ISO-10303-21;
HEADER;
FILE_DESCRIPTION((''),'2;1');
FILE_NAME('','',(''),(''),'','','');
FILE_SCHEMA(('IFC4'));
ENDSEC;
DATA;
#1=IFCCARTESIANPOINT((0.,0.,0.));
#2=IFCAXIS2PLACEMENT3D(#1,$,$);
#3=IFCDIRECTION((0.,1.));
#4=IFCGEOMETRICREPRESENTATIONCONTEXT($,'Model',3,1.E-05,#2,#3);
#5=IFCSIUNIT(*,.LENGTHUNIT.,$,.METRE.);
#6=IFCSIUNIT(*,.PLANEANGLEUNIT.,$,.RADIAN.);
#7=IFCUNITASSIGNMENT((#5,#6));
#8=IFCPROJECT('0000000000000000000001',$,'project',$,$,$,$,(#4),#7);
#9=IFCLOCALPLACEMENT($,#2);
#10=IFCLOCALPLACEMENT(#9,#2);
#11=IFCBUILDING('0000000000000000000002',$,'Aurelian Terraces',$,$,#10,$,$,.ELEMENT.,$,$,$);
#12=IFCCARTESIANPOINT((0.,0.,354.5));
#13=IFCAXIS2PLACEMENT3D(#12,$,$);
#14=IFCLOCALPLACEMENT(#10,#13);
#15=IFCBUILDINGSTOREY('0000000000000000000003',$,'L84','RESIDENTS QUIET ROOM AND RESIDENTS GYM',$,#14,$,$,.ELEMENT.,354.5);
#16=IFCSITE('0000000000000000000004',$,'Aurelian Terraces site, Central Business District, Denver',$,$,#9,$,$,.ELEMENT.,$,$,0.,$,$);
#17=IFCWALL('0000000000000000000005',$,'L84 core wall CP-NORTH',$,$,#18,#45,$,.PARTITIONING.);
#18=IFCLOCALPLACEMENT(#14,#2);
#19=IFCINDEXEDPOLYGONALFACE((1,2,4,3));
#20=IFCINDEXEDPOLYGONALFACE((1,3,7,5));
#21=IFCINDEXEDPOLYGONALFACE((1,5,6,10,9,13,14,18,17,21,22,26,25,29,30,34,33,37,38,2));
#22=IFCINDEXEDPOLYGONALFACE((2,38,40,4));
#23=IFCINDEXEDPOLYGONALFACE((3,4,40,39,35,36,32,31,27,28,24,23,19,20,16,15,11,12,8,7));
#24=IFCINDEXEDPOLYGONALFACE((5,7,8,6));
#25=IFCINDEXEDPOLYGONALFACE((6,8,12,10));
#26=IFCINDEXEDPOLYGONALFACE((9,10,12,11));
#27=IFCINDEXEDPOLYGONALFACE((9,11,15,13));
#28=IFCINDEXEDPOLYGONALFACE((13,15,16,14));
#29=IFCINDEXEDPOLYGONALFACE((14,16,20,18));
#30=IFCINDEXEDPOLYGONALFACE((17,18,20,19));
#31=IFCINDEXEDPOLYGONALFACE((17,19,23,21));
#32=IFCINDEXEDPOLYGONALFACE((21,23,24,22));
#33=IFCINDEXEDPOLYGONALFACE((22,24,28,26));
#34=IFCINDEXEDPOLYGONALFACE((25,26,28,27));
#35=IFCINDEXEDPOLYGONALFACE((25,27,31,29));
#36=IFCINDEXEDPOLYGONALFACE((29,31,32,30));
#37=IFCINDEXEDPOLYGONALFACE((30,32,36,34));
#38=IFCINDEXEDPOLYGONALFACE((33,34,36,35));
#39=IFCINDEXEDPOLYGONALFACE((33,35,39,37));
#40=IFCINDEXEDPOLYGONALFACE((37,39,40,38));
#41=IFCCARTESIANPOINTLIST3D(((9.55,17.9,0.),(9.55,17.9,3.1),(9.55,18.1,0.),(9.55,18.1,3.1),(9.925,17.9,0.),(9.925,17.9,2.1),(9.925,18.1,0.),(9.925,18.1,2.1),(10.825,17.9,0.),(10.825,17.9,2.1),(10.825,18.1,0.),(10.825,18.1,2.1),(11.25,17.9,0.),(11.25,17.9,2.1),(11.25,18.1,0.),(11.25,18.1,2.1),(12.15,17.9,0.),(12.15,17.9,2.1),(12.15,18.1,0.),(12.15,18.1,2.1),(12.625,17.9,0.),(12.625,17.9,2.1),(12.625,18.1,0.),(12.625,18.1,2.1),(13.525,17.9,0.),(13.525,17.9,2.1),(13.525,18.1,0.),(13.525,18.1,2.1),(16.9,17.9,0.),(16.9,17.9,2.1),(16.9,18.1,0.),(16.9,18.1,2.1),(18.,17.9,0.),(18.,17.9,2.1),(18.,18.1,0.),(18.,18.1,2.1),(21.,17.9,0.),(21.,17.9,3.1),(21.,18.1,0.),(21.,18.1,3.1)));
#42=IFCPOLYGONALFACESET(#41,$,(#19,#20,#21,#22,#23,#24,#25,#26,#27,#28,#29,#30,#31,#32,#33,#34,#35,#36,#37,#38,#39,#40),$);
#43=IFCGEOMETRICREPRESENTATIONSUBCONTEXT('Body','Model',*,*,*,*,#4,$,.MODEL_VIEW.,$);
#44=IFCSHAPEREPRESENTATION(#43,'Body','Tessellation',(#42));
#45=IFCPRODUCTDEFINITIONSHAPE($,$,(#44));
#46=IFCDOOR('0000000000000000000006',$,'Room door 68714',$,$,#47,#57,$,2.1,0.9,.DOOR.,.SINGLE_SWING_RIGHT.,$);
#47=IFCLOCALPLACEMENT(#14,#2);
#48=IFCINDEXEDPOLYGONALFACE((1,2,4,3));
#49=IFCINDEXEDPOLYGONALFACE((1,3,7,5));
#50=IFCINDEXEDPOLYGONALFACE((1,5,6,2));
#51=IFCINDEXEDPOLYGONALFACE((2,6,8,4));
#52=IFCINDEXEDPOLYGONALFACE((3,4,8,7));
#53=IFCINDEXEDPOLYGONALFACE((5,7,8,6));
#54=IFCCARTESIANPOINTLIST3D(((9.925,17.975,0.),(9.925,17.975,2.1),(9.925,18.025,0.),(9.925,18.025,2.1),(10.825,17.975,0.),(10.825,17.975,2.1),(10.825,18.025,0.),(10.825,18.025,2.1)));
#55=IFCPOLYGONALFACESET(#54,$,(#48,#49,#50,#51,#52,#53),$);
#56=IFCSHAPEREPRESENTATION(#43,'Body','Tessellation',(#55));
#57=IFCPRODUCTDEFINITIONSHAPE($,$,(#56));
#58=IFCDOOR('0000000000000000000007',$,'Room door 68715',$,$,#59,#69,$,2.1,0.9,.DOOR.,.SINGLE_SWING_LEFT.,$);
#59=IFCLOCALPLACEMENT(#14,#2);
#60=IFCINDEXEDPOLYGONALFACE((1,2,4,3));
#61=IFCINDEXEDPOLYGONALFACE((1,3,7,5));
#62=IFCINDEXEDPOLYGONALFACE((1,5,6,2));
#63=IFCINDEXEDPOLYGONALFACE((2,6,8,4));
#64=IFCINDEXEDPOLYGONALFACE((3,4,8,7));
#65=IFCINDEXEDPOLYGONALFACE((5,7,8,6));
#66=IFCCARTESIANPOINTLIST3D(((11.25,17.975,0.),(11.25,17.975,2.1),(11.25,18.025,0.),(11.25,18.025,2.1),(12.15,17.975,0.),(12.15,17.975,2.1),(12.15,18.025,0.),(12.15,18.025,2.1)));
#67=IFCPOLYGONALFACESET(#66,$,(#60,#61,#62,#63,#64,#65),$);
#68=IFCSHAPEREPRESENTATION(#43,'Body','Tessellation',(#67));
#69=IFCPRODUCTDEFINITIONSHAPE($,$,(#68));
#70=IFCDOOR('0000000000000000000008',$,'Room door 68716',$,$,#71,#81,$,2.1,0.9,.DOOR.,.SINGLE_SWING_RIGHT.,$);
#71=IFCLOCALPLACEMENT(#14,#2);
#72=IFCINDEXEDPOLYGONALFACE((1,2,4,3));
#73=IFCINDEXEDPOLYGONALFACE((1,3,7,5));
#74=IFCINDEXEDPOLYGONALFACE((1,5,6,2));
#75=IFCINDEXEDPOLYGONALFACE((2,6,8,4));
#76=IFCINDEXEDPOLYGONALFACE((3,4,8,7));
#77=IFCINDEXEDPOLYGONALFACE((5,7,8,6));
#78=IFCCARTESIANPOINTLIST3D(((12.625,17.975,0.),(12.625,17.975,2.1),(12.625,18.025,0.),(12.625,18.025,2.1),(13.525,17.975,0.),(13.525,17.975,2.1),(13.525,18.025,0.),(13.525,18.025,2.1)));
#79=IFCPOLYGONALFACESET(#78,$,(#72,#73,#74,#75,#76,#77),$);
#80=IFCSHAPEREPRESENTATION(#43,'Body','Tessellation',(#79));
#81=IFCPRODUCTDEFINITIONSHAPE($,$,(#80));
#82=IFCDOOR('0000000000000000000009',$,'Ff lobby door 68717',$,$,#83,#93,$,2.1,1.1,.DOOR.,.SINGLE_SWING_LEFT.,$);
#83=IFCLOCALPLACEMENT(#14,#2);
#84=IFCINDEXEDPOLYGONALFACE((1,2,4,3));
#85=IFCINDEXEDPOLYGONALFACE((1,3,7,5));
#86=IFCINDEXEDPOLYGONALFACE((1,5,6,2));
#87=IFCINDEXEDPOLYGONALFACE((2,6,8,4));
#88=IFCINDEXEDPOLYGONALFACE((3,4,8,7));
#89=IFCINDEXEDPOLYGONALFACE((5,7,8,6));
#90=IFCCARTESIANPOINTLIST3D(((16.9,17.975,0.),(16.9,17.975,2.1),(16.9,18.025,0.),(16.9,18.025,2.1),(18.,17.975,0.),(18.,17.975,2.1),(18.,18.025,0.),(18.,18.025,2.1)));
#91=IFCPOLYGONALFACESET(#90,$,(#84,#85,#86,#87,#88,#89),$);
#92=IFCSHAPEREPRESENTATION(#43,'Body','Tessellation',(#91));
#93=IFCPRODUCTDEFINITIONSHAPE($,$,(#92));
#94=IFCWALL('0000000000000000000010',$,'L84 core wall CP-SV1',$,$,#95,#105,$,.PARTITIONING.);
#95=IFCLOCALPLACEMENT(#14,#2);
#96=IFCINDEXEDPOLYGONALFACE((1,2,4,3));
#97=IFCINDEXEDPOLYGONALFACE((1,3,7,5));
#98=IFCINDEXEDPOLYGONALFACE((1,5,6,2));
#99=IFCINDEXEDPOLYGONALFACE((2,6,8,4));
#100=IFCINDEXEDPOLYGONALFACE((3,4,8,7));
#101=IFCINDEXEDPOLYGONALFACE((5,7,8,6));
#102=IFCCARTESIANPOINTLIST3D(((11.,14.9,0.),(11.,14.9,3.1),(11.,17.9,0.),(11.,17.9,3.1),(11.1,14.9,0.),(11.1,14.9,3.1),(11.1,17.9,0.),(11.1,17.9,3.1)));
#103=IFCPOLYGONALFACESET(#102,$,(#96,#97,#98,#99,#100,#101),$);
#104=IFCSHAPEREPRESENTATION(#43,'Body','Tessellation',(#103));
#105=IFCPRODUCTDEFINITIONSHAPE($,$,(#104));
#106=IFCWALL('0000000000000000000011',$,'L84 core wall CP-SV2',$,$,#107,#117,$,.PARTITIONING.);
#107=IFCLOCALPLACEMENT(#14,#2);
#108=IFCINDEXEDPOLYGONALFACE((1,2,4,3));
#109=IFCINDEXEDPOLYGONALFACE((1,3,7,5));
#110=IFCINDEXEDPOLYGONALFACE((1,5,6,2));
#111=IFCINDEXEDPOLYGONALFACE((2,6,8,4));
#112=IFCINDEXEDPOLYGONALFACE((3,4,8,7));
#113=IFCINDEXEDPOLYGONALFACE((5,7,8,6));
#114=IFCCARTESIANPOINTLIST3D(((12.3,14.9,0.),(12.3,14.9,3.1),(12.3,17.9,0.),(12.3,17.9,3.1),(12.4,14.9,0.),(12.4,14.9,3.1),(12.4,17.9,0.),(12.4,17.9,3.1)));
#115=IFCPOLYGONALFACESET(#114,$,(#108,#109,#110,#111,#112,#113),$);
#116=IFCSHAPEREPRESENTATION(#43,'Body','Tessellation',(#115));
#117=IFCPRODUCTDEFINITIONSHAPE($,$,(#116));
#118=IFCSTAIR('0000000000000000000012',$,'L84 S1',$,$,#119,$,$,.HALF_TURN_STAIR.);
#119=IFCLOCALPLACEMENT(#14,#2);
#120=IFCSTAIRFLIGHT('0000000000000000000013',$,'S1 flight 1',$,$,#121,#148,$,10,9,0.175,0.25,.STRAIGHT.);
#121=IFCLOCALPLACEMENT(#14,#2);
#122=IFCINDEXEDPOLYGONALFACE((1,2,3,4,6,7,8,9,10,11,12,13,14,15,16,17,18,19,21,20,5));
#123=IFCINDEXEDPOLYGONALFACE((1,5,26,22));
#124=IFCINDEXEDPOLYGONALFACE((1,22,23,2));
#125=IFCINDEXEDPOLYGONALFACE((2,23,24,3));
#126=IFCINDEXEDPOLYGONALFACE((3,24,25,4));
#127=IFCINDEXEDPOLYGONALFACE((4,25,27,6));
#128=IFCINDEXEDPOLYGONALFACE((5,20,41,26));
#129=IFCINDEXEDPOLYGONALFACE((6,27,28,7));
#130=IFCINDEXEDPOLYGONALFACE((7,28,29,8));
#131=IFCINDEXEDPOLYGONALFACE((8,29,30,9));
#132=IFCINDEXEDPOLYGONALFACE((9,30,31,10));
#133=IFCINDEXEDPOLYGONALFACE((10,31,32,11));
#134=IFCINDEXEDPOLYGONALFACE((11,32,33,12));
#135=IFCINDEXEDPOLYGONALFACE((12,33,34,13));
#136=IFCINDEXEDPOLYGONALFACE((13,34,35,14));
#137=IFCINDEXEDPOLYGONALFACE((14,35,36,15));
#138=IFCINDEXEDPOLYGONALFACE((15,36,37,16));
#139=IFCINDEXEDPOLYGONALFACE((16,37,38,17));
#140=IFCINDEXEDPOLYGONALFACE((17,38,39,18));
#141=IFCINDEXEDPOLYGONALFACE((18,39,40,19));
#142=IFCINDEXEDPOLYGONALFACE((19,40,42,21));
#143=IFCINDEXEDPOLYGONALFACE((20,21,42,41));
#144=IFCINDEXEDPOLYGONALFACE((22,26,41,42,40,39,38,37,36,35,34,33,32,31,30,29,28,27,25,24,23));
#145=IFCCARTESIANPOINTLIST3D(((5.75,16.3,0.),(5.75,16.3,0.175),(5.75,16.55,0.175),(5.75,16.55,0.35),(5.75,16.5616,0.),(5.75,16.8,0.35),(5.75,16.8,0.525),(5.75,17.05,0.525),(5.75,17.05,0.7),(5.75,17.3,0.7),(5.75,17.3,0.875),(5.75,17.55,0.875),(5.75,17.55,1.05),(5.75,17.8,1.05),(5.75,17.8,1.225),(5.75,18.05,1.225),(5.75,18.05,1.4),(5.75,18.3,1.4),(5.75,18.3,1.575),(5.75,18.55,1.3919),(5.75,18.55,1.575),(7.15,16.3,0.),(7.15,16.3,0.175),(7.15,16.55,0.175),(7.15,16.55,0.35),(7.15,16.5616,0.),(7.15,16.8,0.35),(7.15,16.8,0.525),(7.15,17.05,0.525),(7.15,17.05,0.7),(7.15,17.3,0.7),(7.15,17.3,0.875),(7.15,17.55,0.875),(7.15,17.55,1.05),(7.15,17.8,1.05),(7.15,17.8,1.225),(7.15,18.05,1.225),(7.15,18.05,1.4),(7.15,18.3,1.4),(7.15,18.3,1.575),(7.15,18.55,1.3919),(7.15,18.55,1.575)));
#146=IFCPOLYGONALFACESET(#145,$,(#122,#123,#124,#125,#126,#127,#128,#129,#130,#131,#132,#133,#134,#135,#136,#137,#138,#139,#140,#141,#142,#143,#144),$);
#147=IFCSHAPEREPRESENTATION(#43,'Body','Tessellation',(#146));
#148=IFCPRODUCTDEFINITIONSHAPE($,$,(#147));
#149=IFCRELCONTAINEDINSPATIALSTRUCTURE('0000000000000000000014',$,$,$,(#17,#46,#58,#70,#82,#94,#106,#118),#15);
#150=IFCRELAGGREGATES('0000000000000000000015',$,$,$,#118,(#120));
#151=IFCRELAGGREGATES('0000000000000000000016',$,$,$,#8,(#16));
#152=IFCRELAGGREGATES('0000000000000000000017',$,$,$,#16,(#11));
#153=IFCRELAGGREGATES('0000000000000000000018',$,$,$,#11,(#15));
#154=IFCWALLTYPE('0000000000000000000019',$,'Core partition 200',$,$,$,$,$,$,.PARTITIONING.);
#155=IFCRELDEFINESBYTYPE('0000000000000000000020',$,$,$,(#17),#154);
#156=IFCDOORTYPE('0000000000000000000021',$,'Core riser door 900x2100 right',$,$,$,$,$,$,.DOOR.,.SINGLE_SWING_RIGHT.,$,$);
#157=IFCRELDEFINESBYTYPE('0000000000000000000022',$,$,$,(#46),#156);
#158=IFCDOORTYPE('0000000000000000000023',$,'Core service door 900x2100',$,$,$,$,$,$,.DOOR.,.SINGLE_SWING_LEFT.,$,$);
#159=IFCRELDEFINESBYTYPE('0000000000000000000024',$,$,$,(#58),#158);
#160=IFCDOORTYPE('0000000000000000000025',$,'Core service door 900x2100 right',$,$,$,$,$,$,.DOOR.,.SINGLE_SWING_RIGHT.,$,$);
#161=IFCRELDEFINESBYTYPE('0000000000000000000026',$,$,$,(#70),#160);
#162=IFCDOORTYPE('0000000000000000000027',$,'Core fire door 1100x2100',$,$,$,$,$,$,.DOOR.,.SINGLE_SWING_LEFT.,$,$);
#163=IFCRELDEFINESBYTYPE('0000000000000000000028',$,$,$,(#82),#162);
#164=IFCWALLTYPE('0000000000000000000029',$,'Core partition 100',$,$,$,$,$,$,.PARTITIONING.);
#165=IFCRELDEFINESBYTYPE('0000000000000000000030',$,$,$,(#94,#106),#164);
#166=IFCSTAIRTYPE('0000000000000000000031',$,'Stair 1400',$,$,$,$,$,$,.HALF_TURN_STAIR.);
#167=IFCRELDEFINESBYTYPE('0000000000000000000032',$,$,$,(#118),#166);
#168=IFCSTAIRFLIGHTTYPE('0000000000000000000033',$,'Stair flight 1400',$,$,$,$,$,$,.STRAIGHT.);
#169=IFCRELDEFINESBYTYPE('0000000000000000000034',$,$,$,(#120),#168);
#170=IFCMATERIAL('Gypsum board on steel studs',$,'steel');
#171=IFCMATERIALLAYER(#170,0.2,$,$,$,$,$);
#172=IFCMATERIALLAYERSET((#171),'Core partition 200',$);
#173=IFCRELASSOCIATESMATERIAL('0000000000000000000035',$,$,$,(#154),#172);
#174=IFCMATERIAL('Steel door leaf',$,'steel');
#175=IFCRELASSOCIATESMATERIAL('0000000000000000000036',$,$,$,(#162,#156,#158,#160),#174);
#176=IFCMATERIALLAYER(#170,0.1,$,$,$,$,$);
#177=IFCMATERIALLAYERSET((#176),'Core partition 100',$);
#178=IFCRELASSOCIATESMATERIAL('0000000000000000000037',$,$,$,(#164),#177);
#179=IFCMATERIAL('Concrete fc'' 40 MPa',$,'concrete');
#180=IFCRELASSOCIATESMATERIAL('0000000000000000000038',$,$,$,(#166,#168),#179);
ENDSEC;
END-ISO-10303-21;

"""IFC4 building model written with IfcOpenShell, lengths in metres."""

from ifc_helpers import new_model, si_unit, direction, frame, frame_2d, origin, place, context, subcontext, project, spatial, polyline, rectangle, outline, extrude, source, transform, mapped, material, layer, layer_set, type_object, element, fill, aggregate, save


model = new_model("IFC4")

# Units and contexts
model_context = context("Model", 3, precision=1e-05, world=origin(), true_north=direction((0.0, 1.0)))
body_context = subcontext(model_context, "Body", "Model", "MODEL_VIEW")
ifc_project = project(units=[si_unit("LENGTHUNIT", "METRE"), si_unit("PLANEANGLEUNIT", "RADIAN")], contexts=[model_context])

# Site, building, storey
site_placement = place(None, origin())
site = spatial("IfcSite", under=ifc_project, at=site_placement, Name="Aurelian Terraces site, Central Business District, Denver", CompositionType="ELEMENT", RefElevation=0.0)
building_placement = place(site_placement, origin())
building = spatial("IfcBuilding", under=site, at=building_placement, Name="Aurelian Terraces", CompositionType="ELEMENT")
storey_placement = place(building_placement, frame((0.0, 0.0, 354.5)))
storey = spatial("IfcBuildingStorey", under=building, at=storey_placement, Name="L84", Description="RESIDENTS QUIET ROOM AND RESIDENTS GYM", CompositionType="ELEMENT", Elevation=354.5)

# Shared definitions
ifc_material_1 = material(Name="Concrete fc' 40 MPa", Category="concrete")

# Shared definitions
shared_shape_1 = source(origin(), body_context, "Body", "SweptSolid", [
    extrude(rectangle(XDim=1.1, YDim=2.1, at=frame_2d((0.55, 1.05))), frame((0.0, 0.11, 0.0), z_axis=(0.0, -1.0, 0.0), x_axis=(1.0, 0.0, 0.0)), (0.0, 0.0, 1.0), 0.22),
])
shared_shape_2 = source(origin(), body_context, "Body", "SweptSolid", [
    extrude(rectangle(XDim=1.1, YDim=2.1, at=frame_2d((0.55, 1.05))), frame((0.0, 0.025, 0.0), z_axis=(0.0, -1.0, 0.0), x_axis=(1.0, 0.0, 0.0)), (0.0, 0.0, 1.0), 0.05),
])

# Shared definitions
ifc_material_2 = material(Name="Gypsum board on steel studs", Category="steel")
ifc_layer_1 = layer(ifc_material_2, 0.2)
ifc_layer_set_1 = layer_set([ifc_layer_1], Name="Core partition 200")
wall_type_1 = type_object("IfcWallType", Name="Core partition 200", PredefinedType="PARTITIONING", material=ifc_layer_set_1)

# Shared definitions
ifc_material_3 = material(Name="Steel door leaf", Category="steel")
door_type_1 = type_object("IfcDoorType", Name="Core fire door 1100x2100", OperationType="SINGLE_SWING_LEFT", PredefinedType="DOOR", material=ifc_material_3)

# Wall, openings, doors
shared_shape_3 = source(origin(), body_context, "Body", "SweptSolid", [
    extrude(rectangle(XDim=11.45, YDim=0.2, at=frame_2d((5.725, 0.0))), origin(), (0.0, 0.0, 1.0), 3.1),
])
wall_1_placement = place(storey_placement, frame((9.55, 18.0, 0.0), z_axis=(0.0, 0.0, 1.0), x_axis=(1.0, 0.0, 0.0)))
wall_1 = element("IfcWall", 1, at=wall_1_placement, inside=storey, type_object=wall_type_1, Name="L84 core wall CP-NORTH", PredefinedType="PARTITIONING", context=body_context, shape_type="MappedRepresentation", body=[
    mapped(shared_shape_3, transform((0.0, 0.0, 0.0), scale=1.0)),
])
shared_shape_4 = source(origin(), body_context, "Body", "SweptSolid", [
    extrude(rectangle(XDim=0.9, YDim=2.1, at=frame_2d((0.45, 1.05))), frame((0.0, 0.11, 0.0), z_axis=(0.0, -1.0, 0.0), x_axis=(1.0, 0.0, 0.0)), (0.0, 0.0, 1.0), 0.22),
])
opening_1_placement = place(wall_1_placement, frame((0.375, 0.0, 0.0)))
opening_1 = element("IfcOpeningElement", 2, at=opening_1_placement, cuts=wall_1, PredefinedType="OPENING", context=body_context, shape_type="MappedRepresentation", body=[
    mapped(shared_shape_4, transform((0.0, 0.0, 0.0), scale=1.0)),
])
opening_2_placement = place(wall_1_placement, frame((1.7, 0.0, 0.0)))
opening_2 = element("IfcOpeningElement", 3, at=opening_2_placement, cuts=wall_1, PredefinedType="OPENING", context=body_context, shape_type="MappedRepresentation", body=[
    mapped(shared_shape_4, transform((0.0, 0.0, 0.0), scale=1.0)),
])
opening_3_placement = place(wall_1_placement, frame((3.075, 0.0, 0.0)))
opening_3 = element("IfcOpeningElement", 4, at=opening_3_placement, cuts=wall_1, PredefinedType="OPENING", context=body_context, shape_type="MappedRepresentation", body=[
    mapped(shared_shape_4, transform((0.0, 0.0, 0.0), scale=1.0)),
])
opening_4_placement = place(wall_1_placement, frame((7.35, 0.0, 0.0)))
opening_4 = element("IfcOpeningElement", 5, at=opening_4_placement, cuts=wall_1, PredefinedType="OPENING", context=body_context, shape_type="MappedRepresentation", body=[
    mapped(shared_shape_1, transform((0.0, 0.0, 0.0), scale=1.0)),
])
door_type_2 = type_object("IfcDoorType", Name="Core riser door 900x2100 right", OperationType="SINGLE_SWING_RIGHT", PredefinedType="DOOR", material=ifc_material_3)
shared_shape_5 = source(origin(), body_context, "Body", "SweptSolid", [
    extrude(rectangle(XDim=0.9, YDim=2.1, at=frame_2d((0.45, 1.05))), frame((0.0, 0.025, 0.0), z_axis=(0.0, -1.0, 0.0), x_axis=(1.0, 0.0, 0.0)), (0.0, 0.0, 1.0), 0.05),
])
door_1_placement = place(opening_1_placement, origin())
door_1 = element("IfcDoor", 6, at=door_1_placement, inside=storey, type_object=door_type_2, Name="Room door 68714", OperationType="SINGLE_SWING_RIGHT", OverallHeight=2.1, OverallWidth=0.9, PredefinedType="DOOR", context=body_context, shape_type="MappedRepresentation", body=[
    mapped(shared_shape_5, transform((0.0, 0.0, 0.0), scale=1.0)),
])
fill(opening_1, door_1)
door_type_3 = type_object("IfcDoorType", Name="Core service door 900x2100", OperationType="SINGLE_SWING_LEFT", PredefinedType="DOOR", material=ifc_material_3)
door_2_placement = place(opening_2_placement, origin())
door_2 = element("IfcDoor", 7, at=door_2_placement, inside=storey, type_object=door_type_3, Name="Room door 68715", OperationType="SINGLE_SWING_LEFT", OverallHeight=2.1, OverallWidth=0.9, PredefinedType="DOOR", context=body_context, shape_type="MappedRepresentation", body=[
    mapped(shared_shape_5, transform((0.0, 0.0, 0.0), scale=1.0)),
])
fill(opening_2, door_2)
door_type_4 = type_object("IfcDoorType", Name="Core service door 900x2100 right", OperationType="SINGLE_SWING_RIGHT", PredefinedType="DOOR", material=ifc_material_3)
door_3_placement = place(opening_3_placement, origin())
door_3 = element("IfcDoor", 8, at=door_3_placement, inside=storey, type_object=door_type_4, Name="Room door 68716", OperationType="SINGLE_SWING_RIGHT", OverallHeight=2.1, OverallWidth=0.9, PredefinedType="DOOR", context=body_context, shape_type="MappedRepresentation", body=[
    mapped(shared_shape_5, transform((0.0, 0.0, 0.0), scale=1.0)),
])
fill(opening_3, door_3)
door_4_placement = place(opening_4_placement, origin())
door_4 = element("IfcDoor", 9, at=door_4_placement, inside=storey, type_object=door_type_1, Name="Ff lobby door 68717", OperationType="SINGLE_SWING_LEFT", OverallHeight=2.1, OverallWidth=1.1, PredefinedType="DOOR", context=body_context, shape_type="MappedRepresentation", body=[
    mapped(shared_shape_2, transform((0.0, 0.0, 0.0), scale=1.0)),
])
fill(opening_4, door_4)

# Walls
ifc_layer_2 = layer(ifc_material_2, 0.1)
ifc_layer_set_2 = layer_set([ifc_layer_2], Name="Core partition 100")
wall_type_2 = type_object("IfcWallType", Name="Core partition 100", PredefinedType="PARTITIONING", material=ifc_layer_set_2)
shared_shape_6 = source(origin(), body_context, "Body", "SweptSolid", [
    extrude(rectangle(XDim=3.0, YDim=0.1, at=frame_2d((1.5, 0.0))), origin(), (0.0, 0.0, 1.0), 3.1),
])
for number, where, z_axis, x_axis, name in (
    (10, (11.05, 14.9, 0.0), (0.0, 0.0, 1.0), (0.0, 1.0, 0.0), "L84 core wall CP-SV1"),
    (11, (12.35, 14.9, 0.0), (0.0, 0.0, 1.0), (0.0, 1.0, 0.0), "L84 core wall CP-SV2"),
):
    element("IfcWall", number, at=place(storey_placement, frame(where, z_axis=z_axis, x_axis=x_axis)), inside=storey, type_object=wall_type_2, Name=name, PredefinedType="PARTITIONING", context=body_context, shape_type="MappedRepresentation", body=[
        mapped(shared_shape_6, transform((0.0, 0.0, 0.0), scale=1.0)),
    ])

# Stair, stair flight
stair_type = type_object("IfcStairType", Name="Stair 1400", PredefinedType="HALF_TURN_STAIR", material=ifc_material_1)
stair_placement = place(storey_placement, origin())
stair = element("IfcStair", 12, at=stair_placement, inside=storey, type_object=stair_type, Name="L84 S1", PredefinedType="HALF_TURN_STAIR")
stair_flight_type = type_object("IfcStairFlightType", Name="Stair flight 1400", PredefinedType="STRAIGHT", material=ifc_material_1)
shared_shape_7 = source(origin(), body_context, "Body", "SweptSolid", [
    extrude(outline(polyline([(0.0, 0.0), (0.0, 0.175), (0.25, 0.175), (0.25, 0.35), (0.5, 0.35), (0.5, 0.525), (0.75, 0.525), (0.75, 0.7), (1.0, 0.7), (1.0, 0.875), (1.25, 0.875), (1.25, 1.05), (1.5, 1.05), (1.5, 1.225), (1.75, 1.225), (1.75, 1.4), (2.0, 1.4), (2.0, 1.575), (2.25, 1.575), (2.25, 1.75), (2.25, 1.3919), (0.2616, 0.0), (0.0, 0.0)])), frame((0.0, 0.7, 0.0), z_axis=(0.0, -1.0, 0.0), x_axis=(1.0, 0.0, 0.0)), (0.0, 0.0, 1.0), 1.4),
])
stair_flight_placement = place(storey_placement, frame((6.45, 16.3, 0.0), z_axis=(0.0, 0.0, 1.0), x_axis=(0.0, 1.0, 0.0)))
stair_flight = element("IfcStairFlight", 13, at=stair_flight_placement, type_object=stair_flight_type, Name="S1 flight 1", NumberOfRisers=10, NumberOfTreads=9, PredefinedType="STRAIGHT", RiserHeight=0.175, TreadLength=0.25, context=body_context, shape_type="MappedRepresentation", body=[
    mapped(shared_shape_7, transform((0.0, 0.0, 0.0), scale=1.0)),
])
aggregate(stair, [stair_flight])

save(model, "model.ifc")
